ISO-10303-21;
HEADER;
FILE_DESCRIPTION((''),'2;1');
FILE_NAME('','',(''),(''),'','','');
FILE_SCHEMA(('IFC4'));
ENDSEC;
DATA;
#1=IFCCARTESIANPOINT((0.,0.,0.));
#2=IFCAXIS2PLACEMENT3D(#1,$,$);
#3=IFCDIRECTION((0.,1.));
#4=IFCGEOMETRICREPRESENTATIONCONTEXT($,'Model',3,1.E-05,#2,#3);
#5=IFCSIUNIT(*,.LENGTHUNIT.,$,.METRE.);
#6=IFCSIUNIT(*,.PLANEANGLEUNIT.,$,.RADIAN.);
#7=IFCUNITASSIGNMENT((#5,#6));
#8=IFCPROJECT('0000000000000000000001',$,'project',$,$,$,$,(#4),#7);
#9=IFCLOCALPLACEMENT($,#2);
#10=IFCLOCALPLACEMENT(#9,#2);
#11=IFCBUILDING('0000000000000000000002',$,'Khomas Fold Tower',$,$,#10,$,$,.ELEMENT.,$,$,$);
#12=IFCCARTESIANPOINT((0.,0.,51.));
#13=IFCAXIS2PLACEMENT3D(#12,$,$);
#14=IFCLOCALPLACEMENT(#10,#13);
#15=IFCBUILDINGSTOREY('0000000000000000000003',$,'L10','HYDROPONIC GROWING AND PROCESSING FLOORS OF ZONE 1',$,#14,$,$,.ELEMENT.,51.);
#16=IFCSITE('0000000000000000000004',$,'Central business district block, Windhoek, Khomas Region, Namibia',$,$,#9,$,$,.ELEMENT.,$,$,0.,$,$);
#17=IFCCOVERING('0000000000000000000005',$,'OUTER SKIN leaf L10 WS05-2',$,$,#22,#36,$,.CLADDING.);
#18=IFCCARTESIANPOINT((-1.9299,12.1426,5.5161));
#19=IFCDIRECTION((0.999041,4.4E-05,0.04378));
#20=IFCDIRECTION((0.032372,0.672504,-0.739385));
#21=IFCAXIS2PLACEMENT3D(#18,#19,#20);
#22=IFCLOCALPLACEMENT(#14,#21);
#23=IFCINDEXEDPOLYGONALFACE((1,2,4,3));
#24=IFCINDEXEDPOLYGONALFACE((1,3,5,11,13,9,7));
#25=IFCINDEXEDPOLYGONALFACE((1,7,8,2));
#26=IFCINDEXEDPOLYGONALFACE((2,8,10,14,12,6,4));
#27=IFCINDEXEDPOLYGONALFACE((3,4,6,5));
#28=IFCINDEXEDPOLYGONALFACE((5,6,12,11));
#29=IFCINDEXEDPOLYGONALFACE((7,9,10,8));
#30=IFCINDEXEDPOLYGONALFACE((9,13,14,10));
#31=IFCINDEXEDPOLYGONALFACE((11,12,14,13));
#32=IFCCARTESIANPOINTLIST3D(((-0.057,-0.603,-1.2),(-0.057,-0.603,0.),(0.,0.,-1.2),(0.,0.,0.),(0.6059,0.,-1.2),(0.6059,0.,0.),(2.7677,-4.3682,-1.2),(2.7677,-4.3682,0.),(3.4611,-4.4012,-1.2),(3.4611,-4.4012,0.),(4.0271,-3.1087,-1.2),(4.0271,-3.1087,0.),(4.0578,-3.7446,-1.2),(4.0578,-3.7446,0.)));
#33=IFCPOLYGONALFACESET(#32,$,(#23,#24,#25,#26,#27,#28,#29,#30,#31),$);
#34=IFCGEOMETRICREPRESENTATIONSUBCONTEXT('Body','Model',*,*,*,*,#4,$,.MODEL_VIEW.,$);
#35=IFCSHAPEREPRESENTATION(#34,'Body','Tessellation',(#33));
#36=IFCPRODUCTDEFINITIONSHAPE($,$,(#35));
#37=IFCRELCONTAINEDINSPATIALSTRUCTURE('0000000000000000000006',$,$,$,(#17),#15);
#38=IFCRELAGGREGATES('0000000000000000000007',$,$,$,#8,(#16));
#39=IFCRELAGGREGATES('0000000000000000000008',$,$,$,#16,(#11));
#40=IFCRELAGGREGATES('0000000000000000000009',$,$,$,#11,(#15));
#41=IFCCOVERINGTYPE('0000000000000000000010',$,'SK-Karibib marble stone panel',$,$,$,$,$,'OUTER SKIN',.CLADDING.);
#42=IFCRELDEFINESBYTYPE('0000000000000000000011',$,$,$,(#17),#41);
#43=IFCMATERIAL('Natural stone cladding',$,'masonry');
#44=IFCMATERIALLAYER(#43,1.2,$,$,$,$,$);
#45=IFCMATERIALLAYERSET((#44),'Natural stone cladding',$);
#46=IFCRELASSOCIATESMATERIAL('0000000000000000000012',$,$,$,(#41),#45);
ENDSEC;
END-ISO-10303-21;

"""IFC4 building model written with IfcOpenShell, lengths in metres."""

from ifc_helpers import new_model, si_unit, direction, frame, origin, place, context, subcontext, project, spatial, polyline, outline, extrude, material, layer, layer_set, type_object, element, save


model = new_model("IFC4")

# Units and contexts
model_context = context("Model", 3, precision=1e-05, world=origin(), true_north=direction((0.0, 1.0)))
body_context = subcontext(model_context, "Body", "Model", "MODEL_VIEW")
ifc_project = project(units=[si_unit("LENGTHUNIT", "METRE"), si_unit("PLANEANGLEUNIT", "RADIAN")], contexts=[model_context])

# Site, building, storey
site_placement = place(None, origin())
site = spatial("IfcSite", under=ifc_project, at=site_placement, Name="Central business district block, Windhoek, Khomas Region, Namibia", CompositionType="ELEMENT", RefElevation=0.0)
building_placement = place(site_placement, origin())
building = spatial("IfcBuilding", under=site, at=building_placement, Name="Khomas Fold Tower", CompositionType="ELEMENT")
storey_placement = place(building_placement, frame((0.0, 0.0, 51.0)))
storey = spatial("IfcBuildingStorey", under=building, at=storey_placement, Name="L10", Description="HYDROPONIC GROWING AND PROCESSING FLOORS OF ZONE 1", CompositionType="ELEMENT", Elevation=51.0)

# Covering
ifc_material_1 = material(Name="Natural stone cladding", Category="masonry")
ifc_layer_1 = layer(ifc_material_1, 1.2)
ifc_layer_set_1 = layer_set([ifc_layer_1], Name="Natural stone cladding")
covering_type = type_object("IfcCoveringType", Name="SK-Karibib marble stone panel", ElementType="OUTER SKIN", PredefinedType="CLADDING", material=ifc_layer_set_1)
covering_1_placement = place(storey_placement, frame((-1.9299, 12.1426, 5.5161), z_axis=(0.999041, 0.000044, 0.04378), x_axis=(0.032372, 0.672504, -0.739385)))
element("IfcCovering", 1, at=covering_1_placement, inside=storey, type_object=covering_type, Name="OUTER SKIN leaf L10 WS05-2", PredefinedType="CLADDING", context=body_context, shape_type="SweptSolid", body=[
    extrude(outline(polyline([(0.0, 0.0), (0.6059, 0.0), (4.0271, -3.1087), (4.0578, -3.7446), (3.4611, -4.4012), (2.7677, -4.3682), (-0.057, -0.603), (0.0, 0.0)])), origin(), (0.0, 0.0, -1.0), 1.2),
])

save(model, "model.ifc")
